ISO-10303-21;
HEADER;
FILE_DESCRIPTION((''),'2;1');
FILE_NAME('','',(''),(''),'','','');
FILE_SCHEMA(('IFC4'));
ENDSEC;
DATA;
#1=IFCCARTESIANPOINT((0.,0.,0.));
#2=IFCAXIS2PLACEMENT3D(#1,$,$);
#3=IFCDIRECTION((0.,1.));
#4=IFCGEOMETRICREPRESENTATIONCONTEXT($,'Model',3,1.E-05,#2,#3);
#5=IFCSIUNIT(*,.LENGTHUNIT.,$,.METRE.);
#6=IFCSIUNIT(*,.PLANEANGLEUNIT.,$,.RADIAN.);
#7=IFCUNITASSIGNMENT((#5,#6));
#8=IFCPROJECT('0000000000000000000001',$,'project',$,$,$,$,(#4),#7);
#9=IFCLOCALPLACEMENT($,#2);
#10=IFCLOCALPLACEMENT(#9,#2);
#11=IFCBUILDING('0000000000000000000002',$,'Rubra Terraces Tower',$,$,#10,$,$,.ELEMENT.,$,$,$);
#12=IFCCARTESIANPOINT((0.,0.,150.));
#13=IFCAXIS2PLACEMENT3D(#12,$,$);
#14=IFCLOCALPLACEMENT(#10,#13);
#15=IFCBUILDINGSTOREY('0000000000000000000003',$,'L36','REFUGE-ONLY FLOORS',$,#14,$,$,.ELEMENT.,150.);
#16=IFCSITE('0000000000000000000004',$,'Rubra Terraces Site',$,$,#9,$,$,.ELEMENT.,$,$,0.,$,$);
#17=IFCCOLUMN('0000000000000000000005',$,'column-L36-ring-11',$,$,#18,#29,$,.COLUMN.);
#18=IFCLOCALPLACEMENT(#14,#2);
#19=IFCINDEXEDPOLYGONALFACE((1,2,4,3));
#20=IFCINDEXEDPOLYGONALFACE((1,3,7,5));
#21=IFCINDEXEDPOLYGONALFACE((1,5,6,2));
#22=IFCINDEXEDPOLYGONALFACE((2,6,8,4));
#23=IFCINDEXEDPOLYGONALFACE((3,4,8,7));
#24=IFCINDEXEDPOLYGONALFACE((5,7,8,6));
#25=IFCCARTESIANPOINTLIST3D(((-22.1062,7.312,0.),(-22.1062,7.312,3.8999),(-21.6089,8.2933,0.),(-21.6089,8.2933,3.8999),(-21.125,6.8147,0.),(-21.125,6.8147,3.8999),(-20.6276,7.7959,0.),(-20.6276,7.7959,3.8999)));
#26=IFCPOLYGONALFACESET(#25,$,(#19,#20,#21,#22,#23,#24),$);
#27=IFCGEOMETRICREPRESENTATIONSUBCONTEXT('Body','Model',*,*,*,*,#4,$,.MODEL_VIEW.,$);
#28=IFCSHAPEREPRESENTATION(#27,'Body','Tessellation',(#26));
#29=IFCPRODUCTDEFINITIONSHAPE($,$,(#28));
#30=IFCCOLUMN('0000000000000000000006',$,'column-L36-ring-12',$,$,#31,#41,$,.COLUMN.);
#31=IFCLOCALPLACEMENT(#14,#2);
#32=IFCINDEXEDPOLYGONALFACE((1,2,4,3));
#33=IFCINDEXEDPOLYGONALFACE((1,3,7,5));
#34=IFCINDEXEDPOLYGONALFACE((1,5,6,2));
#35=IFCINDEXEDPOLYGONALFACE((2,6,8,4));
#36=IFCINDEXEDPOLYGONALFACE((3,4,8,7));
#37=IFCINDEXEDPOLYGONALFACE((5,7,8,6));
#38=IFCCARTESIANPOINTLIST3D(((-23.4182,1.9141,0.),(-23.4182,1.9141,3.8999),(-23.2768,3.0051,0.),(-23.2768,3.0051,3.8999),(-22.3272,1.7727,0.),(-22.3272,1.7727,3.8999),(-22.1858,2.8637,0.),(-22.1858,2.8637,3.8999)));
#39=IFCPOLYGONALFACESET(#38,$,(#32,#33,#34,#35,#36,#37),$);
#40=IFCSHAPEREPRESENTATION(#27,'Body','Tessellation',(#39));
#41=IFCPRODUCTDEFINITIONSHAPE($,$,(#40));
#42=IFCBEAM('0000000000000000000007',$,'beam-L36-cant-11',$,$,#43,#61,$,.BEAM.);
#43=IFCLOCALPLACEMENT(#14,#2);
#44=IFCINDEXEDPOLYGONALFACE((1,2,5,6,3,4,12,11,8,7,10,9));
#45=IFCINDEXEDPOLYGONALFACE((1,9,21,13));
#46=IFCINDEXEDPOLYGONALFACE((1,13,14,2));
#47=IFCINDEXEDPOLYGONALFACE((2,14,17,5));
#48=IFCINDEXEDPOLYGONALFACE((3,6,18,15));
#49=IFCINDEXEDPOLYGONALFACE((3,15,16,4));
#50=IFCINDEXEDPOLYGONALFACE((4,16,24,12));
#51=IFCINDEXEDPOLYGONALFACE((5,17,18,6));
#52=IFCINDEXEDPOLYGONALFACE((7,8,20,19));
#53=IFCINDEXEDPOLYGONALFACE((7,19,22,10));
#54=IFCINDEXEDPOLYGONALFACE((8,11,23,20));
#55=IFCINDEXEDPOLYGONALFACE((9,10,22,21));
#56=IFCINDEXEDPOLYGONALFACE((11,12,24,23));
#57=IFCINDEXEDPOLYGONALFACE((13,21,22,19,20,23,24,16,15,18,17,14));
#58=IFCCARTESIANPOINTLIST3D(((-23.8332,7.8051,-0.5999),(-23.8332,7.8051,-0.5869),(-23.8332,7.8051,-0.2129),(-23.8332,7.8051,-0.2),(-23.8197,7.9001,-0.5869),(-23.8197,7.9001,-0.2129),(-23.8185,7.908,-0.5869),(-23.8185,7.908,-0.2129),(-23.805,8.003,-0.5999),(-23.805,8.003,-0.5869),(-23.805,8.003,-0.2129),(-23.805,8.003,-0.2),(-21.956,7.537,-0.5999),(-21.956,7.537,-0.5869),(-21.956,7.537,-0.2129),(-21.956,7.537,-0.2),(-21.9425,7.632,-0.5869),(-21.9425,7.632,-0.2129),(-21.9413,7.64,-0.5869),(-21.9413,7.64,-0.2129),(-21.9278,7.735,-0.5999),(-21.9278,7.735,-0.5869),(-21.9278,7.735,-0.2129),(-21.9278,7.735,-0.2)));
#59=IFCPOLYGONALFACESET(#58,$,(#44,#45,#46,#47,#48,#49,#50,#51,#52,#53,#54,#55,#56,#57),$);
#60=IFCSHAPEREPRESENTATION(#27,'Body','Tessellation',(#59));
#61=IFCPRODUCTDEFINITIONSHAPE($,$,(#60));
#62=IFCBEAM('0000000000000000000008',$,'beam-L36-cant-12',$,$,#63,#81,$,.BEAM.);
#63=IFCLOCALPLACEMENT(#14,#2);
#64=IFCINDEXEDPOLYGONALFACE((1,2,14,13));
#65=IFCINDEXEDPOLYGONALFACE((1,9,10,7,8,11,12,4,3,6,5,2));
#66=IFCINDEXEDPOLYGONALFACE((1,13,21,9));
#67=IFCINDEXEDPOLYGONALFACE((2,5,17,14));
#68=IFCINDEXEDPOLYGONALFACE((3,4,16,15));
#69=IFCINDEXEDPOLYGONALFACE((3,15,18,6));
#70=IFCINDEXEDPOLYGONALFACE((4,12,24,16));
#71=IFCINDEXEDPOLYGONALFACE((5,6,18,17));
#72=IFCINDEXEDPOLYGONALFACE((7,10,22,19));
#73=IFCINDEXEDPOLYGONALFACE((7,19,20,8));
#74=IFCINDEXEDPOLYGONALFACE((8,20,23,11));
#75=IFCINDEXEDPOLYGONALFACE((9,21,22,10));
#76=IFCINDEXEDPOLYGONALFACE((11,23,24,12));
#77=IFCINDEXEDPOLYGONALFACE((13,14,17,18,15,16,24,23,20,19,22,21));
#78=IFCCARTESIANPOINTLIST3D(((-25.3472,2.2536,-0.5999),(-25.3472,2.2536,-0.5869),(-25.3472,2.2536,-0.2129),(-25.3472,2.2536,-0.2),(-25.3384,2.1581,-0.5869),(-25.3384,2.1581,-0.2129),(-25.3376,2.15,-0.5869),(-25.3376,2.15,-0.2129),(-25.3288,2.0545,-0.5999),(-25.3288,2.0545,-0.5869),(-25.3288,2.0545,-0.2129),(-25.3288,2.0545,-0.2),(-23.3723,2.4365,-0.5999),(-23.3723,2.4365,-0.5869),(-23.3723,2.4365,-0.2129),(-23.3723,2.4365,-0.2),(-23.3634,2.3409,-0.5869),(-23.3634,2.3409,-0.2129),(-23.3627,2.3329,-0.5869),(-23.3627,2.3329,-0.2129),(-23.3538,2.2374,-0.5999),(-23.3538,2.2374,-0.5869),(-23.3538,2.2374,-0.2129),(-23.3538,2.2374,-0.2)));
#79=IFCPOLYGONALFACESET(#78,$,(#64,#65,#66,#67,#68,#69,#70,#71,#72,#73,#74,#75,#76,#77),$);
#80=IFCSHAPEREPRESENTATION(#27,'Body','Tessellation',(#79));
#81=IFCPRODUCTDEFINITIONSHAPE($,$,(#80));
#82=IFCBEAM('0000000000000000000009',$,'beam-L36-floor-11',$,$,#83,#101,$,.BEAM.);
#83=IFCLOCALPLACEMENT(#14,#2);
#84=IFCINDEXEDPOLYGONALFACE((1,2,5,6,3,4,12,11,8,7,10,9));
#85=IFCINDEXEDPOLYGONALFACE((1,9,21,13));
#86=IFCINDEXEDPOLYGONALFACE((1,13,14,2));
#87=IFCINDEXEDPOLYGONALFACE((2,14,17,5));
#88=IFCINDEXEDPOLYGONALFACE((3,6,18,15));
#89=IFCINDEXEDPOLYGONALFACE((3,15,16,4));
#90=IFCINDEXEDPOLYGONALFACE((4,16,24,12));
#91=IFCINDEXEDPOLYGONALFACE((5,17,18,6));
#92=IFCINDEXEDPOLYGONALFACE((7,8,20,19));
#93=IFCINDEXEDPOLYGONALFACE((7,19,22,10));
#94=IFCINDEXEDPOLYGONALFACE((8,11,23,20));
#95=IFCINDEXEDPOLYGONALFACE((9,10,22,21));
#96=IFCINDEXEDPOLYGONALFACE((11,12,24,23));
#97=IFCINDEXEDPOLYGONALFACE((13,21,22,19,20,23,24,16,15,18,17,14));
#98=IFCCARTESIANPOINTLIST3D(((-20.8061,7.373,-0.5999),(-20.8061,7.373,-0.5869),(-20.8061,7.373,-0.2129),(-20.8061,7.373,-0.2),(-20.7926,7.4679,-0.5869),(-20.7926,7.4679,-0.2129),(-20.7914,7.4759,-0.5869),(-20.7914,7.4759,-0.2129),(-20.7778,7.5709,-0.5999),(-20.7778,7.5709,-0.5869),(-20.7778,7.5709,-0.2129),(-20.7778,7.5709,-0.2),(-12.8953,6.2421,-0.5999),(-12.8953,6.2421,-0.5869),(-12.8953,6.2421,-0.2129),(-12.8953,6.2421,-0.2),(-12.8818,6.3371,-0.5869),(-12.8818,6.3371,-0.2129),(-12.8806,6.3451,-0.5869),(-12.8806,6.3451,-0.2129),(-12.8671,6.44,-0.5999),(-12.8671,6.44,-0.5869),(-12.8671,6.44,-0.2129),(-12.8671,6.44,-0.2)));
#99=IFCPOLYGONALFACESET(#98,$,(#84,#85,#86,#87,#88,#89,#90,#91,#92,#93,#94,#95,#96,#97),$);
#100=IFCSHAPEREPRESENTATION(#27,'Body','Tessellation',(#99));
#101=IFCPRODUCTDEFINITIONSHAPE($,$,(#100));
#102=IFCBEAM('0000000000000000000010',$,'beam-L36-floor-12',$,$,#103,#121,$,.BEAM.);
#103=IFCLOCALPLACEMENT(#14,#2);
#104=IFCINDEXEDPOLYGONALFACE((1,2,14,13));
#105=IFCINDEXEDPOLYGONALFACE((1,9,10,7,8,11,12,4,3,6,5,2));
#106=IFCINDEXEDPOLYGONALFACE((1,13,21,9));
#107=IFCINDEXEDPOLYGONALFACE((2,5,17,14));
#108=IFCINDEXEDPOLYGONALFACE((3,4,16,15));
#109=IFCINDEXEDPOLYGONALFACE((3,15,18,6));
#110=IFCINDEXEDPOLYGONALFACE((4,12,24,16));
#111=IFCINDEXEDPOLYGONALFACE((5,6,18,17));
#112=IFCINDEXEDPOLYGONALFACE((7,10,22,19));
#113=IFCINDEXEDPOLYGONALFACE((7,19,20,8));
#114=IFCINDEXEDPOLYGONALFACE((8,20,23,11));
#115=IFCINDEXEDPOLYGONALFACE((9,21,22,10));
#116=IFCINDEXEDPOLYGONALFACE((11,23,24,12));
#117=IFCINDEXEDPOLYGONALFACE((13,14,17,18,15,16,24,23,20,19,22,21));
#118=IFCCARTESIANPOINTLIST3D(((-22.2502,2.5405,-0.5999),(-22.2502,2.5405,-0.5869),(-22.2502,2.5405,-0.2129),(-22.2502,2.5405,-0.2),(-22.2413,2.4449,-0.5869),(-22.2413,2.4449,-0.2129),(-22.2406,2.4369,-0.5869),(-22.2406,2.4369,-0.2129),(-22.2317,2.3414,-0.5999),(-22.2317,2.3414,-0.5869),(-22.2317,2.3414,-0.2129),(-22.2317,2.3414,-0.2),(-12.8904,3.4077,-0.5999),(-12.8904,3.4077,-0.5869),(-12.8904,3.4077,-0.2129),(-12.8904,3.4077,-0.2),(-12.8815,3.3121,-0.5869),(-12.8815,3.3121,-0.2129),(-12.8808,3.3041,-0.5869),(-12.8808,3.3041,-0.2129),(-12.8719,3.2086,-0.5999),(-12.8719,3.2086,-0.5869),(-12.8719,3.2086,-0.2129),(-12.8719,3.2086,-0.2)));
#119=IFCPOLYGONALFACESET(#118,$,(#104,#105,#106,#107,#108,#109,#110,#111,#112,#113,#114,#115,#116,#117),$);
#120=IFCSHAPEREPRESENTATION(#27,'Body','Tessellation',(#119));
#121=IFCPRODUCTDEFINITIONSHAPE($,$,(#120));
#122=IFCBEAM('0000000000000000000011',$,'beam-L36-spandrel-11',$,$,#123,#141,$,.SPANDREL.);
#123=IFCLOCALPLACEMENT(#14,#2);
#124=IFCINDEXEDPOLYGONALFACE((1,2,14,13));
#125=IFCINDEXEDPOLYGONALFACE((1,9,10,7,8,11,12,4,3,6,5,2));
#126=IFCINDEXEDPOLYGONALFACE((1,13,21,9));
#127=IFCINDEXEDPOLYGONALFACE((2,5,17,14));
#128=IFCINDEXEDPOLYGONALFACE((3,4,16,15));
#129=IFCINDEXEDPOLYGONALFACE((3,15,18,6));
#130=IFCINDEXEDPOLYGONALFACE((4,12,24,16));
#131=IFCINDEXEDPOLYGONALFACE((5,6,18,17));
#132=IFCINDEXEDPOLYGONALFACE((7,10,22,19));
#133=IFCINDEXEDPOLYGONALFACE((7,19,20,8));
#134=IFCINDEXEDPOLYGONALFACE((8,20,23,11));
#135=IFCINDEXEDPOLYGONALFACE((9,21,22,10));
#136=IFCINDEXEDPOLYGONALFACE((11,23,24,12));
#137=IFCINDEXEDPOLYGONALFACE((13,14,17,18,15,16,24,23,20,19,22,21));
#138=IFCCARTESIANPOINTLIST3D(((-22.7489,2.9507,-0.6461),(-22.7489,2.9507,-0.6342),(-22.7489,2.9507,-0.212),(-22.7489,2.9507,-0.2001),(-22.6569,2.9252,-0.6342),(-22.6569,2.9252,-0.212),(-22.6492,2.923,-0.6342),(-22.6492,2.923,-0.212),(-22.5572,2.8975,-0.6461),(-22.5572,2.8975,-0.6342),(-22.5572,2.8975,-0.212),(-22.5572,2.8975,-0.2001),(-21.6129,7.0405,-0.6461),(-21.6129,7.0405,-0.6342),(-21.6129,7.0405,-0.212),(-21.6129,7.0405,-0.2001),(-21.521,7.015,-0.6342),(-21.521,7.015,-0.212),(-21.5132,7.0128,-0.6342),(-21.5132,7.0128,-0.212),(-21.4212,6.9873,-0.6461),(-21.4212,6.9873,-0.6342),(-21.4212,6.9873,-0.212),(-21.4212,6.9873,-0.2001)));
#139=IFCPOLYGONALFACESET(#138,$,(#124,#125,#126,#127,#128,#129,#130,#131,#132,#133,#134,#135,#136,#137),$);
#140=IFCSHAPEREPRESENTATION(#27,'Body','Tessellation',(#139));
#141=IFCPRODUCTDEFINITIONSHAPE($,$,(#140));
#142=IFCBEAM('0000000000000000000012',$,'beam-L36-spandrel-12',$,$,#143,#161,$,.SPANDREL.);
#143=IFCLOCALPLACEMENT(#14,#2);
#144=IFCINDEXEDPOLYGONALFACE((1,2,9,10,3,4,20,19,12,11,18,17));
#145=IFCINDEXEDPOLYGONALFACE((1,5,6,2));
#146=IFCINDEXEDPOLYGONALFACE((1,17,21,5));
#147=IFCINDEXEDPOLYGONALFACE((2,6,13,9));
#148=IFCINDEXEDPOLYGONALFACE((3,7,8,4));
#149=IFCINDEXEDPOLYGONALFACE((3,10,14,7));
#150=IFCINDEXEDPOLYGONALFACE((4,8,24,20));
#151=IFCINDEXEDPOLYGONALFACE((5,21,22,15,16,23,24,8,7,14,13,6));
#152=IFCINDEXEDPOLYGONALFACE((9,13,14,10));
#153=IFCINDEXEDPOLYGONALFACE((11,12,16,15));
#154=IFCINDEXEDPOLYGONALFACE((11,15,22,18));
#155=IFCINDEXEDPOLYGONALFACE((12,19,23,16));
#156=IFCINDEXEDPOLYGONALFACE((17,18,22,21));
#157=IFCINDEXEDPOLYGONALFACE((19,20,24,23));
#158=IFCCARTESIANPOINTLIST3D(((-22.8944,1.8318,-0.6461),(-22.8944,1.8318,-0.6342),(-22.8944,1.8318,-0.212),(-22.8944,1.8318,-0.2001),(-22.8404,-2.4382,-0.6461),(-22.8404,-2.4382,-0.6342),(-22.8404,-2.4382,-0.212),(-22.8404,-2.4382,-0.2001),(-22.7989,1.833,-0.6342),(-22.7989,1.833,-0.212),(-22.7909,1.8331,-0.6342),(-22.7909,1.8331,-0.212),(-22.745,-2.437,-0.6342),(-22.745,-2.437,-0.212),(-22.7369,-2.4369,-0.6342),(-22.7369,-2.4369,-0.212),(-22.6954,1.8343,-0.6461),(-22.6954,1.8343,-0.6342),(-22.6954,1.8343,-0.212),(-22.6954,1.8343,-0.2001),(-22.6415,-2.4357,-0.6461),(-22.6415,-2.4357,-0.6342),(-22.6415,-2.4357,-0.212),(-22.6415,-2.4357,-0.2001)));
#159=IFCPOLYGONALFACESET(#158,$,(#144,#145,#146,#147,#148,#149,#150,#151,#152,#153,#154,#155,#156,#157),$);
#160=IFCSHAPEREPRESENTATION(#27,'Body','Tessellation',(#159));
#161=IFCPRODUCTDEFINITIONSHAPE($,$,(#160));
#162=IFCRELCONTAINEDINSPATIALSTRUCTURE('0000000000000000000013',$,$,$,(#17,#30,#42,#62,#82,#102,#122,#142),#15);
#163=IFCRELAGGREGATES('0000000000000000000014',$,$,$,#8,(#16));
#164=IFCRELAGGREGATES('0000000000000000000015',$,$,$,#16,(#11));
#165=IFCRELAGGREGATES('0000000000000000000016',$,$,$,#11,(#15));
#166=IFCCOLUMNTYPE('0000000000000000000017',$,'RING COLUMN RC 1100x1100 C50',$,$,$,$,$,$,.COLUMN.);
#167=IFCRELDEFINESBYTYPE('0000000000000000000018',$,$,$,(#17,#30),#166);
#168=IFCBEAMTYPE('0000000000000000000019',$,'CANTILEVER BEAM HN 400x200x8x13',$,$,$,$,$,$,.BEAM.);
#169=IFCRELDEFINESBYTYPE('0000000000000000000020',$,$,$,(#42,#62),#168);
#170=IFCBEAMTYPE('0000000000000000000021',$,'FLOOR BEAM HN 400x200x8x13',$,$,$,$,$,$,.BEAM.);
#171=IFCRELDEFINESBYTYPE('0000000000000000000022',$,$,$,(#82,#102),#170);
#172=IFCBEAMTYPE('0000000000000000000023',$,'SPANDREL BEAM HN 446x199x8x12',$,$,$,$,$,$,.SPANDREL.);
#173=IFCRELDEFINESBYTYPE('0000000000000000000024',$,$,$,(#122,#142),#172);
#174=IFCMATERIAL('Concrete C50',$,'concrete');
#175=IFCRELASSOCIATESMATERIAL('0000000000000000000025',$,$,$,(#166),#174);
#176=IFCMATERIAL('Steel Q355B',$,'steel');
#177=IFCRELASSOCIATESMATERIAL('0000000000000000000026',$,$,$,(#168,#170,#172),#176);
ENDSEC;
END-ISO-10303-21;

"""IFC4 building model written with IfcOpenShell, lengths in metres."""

from ifc_helpers import new_model, si_unit, direction, frame, origin, origin_2d, place, context, subcontext, project, spatial, rectangle, i_section, extrude, material, material_profile, profile_set, type_object, element, save


model = new_model("IFC4")

# Units and contexts
model_context = context("Model", 3, precision=1e-05, world=origin(), true_north=direction((0.0, 1.0)))
body_context = subcontext(model_context, "Body", "Model", "MODEL_VIEW")
ifc_project = project(units=[si_unit("LENGTHUNIT", "METRE"), si_unit("PLANEANGLEUNIT", "RADIAN")], contexts=[model_context])

# Site, building, storey
site_placement = place(None, origin())
site = spatial("IfcSite", under=ifc_project, at=site_placement, Name="Rubra Terraces Site", CompositionType="ELEMENT", RefElevation=0.0)
building_placement = place(site_placement, origin())
building = spatial("IfcBuilding", under=site, at=building_placement, Name="Rubra Terraces Tower", CompositionType="ELEMENT")
storey_placement = place(building_placement, frame((0.0, 0.0, 150.0)))
storey = spatial("IfcBuildingStorey", under=building, at=storey_placement, Name="L36", Description="REFUGE-ONLY FLOORS", CompositionType="ELEMENT", Elevation=150.0)

# Columns
ifc_material_1 = material(Name="Concrete C50", Category="concrete")
ifc_material_profile_1 = material_profile(ifc_material_1, rectangle(XDim=1.1001, YDim=1.1001, at=origin_2d()), Name="RC 1100x1100")
ifc_profile_set_1 = profile_set([ifc_material_profile_1], Name="Concrete C50")
column_type = type_object("IfcColumnType", Name="RING COLUMN RC 1100x1100 C50", PredefinedType="COLUMN", material=ifc_profile_set_1)
for number, where, z_axis, x_axis, name in (
    (1, (-21.3669, 7.554, 0.0), (0.0, 0.0, 1.0), (-0.452079, -0.891978, 0.0), "column-L36-ring-11"),
    (2, (-22.802, 2.3889, 0.0), (0.0, 0.0, 1.0), (-0.128535, -0.991705, 0.0), "column-L36-ring-12"),
):
    element("IfcColumn", number, at=place(storey_placement, frame(where, z_axis=z_axis, x_axis=x_axis)), inside=storey, type_object=column_type, Name=name, PredefinedType="COLUMN", context=body_context, shape_type="SweptSolid", body=[
        extrude(rectangle(XDim=1.1001, YDim=1.1001, at=origin_2d()), origin(), (0.0, 0.0, 1.0), 3.8999),
    ])

# Beams
ifc_material_2 = material(Name="Steel Q355B", Category="steel")
ifc_material_profile_2 = material_profile(ifc_material_2, i_section(OverallWidth=0.2, OverallDepth=0.3999, WebThickness=0.0081, FlangeThickness=0.0129, at=origin_2d()), Name="HN 400x200x8x13")
ifc_profile_set_2 = profile_set([ifc_material_profile_2], Name="Steel Q355B")
beam_type_1 = type_object("IfcBeamType", Name="CANTILEVER BEAM HN 400x200x8x13", PredefinedType="BEAM", material=ifc_profile_set_2)
beam_1_placement = place(storey_placement, frame((-21.9419, 7.636, -0.3999), z_axis=(-0.989957, 0.141367, 0.0), x_axis=(-0.141367, -0.989957, 0.0)))
element("IfcBeam", 3, at=beam_1_placement, inside=storey, type_object=beam_type_1, Name="beam-L36-cant-11", PredefinedType="BEAM", context=body_context, shape_type="SweptSolid", body=[
    extrude(i_section(OverallWidth=0.2, OverallDepth=0.3999, WebThickness=0.0081, FlangeThickness=0.0129, at=origin_2d()), origin(), (0.0, 0.0, 1.0), 1.8962),
])
beam_2_placement = place(storey_placement, frame((-23.363, 2.3369, -0.3999), z_axis=(-0.99574, -0.0922, 0.0), x_axis=(0.0922, -0.99574, 0.0)))
element("IfcBeam", 4, at=beam_2_placement, inside=storey, type_object=beam_type_1, Name="beam-L36-cant-12", PredefinedType="BEAM", context=body_context, shape_type="SweptSolid", body=[
    extrude(i_section(OverallWidth=0.2, OverallDepth=0.3999, WebThickness=0.0081, FlangeThickness=0.0129, at=origin_2d()), origin(), (0.0, 0.0, 1.0), 1.9834),
])
ifc_material_profile_3 = material_profile(ifc_material_2, i_section(OverallWidth=0.2, OverallDepth=0.3999, WebThickness=0.0081, FlangeThickness=0.0129, at=origin_2d()), Name="HN 400x200x8x13")
ifc_profile_set_3 = profile_set([ifc_material_profile_3], Name="Steel Q355B")
beam_type_2 = type_object("IfcBeamType", Name="FLOOR BEAM HN 400x200x8x13", PredefinedType="BEAM", material=ifc_profile_set_3)
beam_3_placement = place(storey_placement, frame((-20.792, 7.4719, -0.3999), z_axis=(0.989937, -0.141511, 0.0), x_axis=(0.141511, 0.989937, 0.0)))
element("IfcBeam", 5, at=beam_3_placement, inside=storey, type_object=beam_type_2, Name="beam-L36-floor-11", PredefinedType="BEAM", context=body_context, shape_type="SweptSolid", body=[
    extrude(i_section(OverallWidth=0.2, OverallDepth=0.3999, WebThickness=0.0081, FlangeThickness=0.0129, at=origin_2d()), origin(), (0.0, 0.0, 1.0), 7.9912),
])
beam_4_placement = place(storey_placement, frame((-22.241, 2.4409, -0.3999), z_axis=(0.995735, 0.092254, 0.0), x_axis=(-0.092254, 0.995735, 0.0)))
element("IfcBeam", 6, at=beam_4_placement, inside=storey, type_object=beam_type_2, Name="beam-L36-floor-12", PredefinedType="BEAM", context=body_context, shape_type="SweptSolid", body=[
    extrude(i_section(OverallWidth=0.2, OverallDepth=0.3999, WebThickness=0.0081, FlangeThickness=0.0129, at=origin_2d()), origin(), (0.0, 0.0, 1.0), 9.3999),
])
ifc_material_profile_4 = material_profile(ifc_material_2, i_section(OverallWidth=0.199, OverallDepth=0.446, WebThickness=0.0081, FlangeThickness=0.012, at=origin_2d()), Name="HN 446x199x8x12")
ifc_profile_set_4 = profile_set([ifc_material_profile_4], Name="Steel Q355B")
beam_type_3 = type_object("IfcBeamType", Name="SPANDREL BEAM HN 446x199x8x12", PredefinedType="SPANDREL", material=ifc_profile_set_4)
beam_5_placement = place(storey_placement, frame((-21.5171, 7.0139, -0.4231), z_axis=(-0.267626, -0.963523, 0.0), x_axis=(0.963523, -0.267626, 0.0)))
element("IfcBeam", 7, at=beam_5_placement, inside=storey, type_object=beam_type_3, Name="beam-L36-spandrel-11", PredefinedType="SPANDREL", context=body_context, shape_type="SweptSolid", body=[
    extrude(i_section(OverallWidth=0.199, OverallDepth=0.446, WebThickness=0.0081, FlangeThickness=0.012, at=origin_2d()), origin(), (0.0, 0.0, 1.0), 4.2446),
])
beam_6_placement = place(storey_placement, frame((-22.7949, 1.833, -0.4231), z_axis=(0.012635, -0.99992, 0.0), x_axis=(0.99992, 0.012635, 0.0)))
element("IfcBeam", 8, at=beam_6_placement, inside=storey, type_object=beam_type_3, Name="beam-L36-spandrel-12", PredefinedType="SPANDREL", context=body_context, shape_type="SweptSolid", body=[
    extrude(i_section(OverallWidth=0.199, OverallDepth=0.446, WebThickness=0.0081, FlangeThickness=0.012, at=origin_2d()), origin(), (0.0, 0.0, 1.0), 4.2703),
])

save(model, "model.ifc")
